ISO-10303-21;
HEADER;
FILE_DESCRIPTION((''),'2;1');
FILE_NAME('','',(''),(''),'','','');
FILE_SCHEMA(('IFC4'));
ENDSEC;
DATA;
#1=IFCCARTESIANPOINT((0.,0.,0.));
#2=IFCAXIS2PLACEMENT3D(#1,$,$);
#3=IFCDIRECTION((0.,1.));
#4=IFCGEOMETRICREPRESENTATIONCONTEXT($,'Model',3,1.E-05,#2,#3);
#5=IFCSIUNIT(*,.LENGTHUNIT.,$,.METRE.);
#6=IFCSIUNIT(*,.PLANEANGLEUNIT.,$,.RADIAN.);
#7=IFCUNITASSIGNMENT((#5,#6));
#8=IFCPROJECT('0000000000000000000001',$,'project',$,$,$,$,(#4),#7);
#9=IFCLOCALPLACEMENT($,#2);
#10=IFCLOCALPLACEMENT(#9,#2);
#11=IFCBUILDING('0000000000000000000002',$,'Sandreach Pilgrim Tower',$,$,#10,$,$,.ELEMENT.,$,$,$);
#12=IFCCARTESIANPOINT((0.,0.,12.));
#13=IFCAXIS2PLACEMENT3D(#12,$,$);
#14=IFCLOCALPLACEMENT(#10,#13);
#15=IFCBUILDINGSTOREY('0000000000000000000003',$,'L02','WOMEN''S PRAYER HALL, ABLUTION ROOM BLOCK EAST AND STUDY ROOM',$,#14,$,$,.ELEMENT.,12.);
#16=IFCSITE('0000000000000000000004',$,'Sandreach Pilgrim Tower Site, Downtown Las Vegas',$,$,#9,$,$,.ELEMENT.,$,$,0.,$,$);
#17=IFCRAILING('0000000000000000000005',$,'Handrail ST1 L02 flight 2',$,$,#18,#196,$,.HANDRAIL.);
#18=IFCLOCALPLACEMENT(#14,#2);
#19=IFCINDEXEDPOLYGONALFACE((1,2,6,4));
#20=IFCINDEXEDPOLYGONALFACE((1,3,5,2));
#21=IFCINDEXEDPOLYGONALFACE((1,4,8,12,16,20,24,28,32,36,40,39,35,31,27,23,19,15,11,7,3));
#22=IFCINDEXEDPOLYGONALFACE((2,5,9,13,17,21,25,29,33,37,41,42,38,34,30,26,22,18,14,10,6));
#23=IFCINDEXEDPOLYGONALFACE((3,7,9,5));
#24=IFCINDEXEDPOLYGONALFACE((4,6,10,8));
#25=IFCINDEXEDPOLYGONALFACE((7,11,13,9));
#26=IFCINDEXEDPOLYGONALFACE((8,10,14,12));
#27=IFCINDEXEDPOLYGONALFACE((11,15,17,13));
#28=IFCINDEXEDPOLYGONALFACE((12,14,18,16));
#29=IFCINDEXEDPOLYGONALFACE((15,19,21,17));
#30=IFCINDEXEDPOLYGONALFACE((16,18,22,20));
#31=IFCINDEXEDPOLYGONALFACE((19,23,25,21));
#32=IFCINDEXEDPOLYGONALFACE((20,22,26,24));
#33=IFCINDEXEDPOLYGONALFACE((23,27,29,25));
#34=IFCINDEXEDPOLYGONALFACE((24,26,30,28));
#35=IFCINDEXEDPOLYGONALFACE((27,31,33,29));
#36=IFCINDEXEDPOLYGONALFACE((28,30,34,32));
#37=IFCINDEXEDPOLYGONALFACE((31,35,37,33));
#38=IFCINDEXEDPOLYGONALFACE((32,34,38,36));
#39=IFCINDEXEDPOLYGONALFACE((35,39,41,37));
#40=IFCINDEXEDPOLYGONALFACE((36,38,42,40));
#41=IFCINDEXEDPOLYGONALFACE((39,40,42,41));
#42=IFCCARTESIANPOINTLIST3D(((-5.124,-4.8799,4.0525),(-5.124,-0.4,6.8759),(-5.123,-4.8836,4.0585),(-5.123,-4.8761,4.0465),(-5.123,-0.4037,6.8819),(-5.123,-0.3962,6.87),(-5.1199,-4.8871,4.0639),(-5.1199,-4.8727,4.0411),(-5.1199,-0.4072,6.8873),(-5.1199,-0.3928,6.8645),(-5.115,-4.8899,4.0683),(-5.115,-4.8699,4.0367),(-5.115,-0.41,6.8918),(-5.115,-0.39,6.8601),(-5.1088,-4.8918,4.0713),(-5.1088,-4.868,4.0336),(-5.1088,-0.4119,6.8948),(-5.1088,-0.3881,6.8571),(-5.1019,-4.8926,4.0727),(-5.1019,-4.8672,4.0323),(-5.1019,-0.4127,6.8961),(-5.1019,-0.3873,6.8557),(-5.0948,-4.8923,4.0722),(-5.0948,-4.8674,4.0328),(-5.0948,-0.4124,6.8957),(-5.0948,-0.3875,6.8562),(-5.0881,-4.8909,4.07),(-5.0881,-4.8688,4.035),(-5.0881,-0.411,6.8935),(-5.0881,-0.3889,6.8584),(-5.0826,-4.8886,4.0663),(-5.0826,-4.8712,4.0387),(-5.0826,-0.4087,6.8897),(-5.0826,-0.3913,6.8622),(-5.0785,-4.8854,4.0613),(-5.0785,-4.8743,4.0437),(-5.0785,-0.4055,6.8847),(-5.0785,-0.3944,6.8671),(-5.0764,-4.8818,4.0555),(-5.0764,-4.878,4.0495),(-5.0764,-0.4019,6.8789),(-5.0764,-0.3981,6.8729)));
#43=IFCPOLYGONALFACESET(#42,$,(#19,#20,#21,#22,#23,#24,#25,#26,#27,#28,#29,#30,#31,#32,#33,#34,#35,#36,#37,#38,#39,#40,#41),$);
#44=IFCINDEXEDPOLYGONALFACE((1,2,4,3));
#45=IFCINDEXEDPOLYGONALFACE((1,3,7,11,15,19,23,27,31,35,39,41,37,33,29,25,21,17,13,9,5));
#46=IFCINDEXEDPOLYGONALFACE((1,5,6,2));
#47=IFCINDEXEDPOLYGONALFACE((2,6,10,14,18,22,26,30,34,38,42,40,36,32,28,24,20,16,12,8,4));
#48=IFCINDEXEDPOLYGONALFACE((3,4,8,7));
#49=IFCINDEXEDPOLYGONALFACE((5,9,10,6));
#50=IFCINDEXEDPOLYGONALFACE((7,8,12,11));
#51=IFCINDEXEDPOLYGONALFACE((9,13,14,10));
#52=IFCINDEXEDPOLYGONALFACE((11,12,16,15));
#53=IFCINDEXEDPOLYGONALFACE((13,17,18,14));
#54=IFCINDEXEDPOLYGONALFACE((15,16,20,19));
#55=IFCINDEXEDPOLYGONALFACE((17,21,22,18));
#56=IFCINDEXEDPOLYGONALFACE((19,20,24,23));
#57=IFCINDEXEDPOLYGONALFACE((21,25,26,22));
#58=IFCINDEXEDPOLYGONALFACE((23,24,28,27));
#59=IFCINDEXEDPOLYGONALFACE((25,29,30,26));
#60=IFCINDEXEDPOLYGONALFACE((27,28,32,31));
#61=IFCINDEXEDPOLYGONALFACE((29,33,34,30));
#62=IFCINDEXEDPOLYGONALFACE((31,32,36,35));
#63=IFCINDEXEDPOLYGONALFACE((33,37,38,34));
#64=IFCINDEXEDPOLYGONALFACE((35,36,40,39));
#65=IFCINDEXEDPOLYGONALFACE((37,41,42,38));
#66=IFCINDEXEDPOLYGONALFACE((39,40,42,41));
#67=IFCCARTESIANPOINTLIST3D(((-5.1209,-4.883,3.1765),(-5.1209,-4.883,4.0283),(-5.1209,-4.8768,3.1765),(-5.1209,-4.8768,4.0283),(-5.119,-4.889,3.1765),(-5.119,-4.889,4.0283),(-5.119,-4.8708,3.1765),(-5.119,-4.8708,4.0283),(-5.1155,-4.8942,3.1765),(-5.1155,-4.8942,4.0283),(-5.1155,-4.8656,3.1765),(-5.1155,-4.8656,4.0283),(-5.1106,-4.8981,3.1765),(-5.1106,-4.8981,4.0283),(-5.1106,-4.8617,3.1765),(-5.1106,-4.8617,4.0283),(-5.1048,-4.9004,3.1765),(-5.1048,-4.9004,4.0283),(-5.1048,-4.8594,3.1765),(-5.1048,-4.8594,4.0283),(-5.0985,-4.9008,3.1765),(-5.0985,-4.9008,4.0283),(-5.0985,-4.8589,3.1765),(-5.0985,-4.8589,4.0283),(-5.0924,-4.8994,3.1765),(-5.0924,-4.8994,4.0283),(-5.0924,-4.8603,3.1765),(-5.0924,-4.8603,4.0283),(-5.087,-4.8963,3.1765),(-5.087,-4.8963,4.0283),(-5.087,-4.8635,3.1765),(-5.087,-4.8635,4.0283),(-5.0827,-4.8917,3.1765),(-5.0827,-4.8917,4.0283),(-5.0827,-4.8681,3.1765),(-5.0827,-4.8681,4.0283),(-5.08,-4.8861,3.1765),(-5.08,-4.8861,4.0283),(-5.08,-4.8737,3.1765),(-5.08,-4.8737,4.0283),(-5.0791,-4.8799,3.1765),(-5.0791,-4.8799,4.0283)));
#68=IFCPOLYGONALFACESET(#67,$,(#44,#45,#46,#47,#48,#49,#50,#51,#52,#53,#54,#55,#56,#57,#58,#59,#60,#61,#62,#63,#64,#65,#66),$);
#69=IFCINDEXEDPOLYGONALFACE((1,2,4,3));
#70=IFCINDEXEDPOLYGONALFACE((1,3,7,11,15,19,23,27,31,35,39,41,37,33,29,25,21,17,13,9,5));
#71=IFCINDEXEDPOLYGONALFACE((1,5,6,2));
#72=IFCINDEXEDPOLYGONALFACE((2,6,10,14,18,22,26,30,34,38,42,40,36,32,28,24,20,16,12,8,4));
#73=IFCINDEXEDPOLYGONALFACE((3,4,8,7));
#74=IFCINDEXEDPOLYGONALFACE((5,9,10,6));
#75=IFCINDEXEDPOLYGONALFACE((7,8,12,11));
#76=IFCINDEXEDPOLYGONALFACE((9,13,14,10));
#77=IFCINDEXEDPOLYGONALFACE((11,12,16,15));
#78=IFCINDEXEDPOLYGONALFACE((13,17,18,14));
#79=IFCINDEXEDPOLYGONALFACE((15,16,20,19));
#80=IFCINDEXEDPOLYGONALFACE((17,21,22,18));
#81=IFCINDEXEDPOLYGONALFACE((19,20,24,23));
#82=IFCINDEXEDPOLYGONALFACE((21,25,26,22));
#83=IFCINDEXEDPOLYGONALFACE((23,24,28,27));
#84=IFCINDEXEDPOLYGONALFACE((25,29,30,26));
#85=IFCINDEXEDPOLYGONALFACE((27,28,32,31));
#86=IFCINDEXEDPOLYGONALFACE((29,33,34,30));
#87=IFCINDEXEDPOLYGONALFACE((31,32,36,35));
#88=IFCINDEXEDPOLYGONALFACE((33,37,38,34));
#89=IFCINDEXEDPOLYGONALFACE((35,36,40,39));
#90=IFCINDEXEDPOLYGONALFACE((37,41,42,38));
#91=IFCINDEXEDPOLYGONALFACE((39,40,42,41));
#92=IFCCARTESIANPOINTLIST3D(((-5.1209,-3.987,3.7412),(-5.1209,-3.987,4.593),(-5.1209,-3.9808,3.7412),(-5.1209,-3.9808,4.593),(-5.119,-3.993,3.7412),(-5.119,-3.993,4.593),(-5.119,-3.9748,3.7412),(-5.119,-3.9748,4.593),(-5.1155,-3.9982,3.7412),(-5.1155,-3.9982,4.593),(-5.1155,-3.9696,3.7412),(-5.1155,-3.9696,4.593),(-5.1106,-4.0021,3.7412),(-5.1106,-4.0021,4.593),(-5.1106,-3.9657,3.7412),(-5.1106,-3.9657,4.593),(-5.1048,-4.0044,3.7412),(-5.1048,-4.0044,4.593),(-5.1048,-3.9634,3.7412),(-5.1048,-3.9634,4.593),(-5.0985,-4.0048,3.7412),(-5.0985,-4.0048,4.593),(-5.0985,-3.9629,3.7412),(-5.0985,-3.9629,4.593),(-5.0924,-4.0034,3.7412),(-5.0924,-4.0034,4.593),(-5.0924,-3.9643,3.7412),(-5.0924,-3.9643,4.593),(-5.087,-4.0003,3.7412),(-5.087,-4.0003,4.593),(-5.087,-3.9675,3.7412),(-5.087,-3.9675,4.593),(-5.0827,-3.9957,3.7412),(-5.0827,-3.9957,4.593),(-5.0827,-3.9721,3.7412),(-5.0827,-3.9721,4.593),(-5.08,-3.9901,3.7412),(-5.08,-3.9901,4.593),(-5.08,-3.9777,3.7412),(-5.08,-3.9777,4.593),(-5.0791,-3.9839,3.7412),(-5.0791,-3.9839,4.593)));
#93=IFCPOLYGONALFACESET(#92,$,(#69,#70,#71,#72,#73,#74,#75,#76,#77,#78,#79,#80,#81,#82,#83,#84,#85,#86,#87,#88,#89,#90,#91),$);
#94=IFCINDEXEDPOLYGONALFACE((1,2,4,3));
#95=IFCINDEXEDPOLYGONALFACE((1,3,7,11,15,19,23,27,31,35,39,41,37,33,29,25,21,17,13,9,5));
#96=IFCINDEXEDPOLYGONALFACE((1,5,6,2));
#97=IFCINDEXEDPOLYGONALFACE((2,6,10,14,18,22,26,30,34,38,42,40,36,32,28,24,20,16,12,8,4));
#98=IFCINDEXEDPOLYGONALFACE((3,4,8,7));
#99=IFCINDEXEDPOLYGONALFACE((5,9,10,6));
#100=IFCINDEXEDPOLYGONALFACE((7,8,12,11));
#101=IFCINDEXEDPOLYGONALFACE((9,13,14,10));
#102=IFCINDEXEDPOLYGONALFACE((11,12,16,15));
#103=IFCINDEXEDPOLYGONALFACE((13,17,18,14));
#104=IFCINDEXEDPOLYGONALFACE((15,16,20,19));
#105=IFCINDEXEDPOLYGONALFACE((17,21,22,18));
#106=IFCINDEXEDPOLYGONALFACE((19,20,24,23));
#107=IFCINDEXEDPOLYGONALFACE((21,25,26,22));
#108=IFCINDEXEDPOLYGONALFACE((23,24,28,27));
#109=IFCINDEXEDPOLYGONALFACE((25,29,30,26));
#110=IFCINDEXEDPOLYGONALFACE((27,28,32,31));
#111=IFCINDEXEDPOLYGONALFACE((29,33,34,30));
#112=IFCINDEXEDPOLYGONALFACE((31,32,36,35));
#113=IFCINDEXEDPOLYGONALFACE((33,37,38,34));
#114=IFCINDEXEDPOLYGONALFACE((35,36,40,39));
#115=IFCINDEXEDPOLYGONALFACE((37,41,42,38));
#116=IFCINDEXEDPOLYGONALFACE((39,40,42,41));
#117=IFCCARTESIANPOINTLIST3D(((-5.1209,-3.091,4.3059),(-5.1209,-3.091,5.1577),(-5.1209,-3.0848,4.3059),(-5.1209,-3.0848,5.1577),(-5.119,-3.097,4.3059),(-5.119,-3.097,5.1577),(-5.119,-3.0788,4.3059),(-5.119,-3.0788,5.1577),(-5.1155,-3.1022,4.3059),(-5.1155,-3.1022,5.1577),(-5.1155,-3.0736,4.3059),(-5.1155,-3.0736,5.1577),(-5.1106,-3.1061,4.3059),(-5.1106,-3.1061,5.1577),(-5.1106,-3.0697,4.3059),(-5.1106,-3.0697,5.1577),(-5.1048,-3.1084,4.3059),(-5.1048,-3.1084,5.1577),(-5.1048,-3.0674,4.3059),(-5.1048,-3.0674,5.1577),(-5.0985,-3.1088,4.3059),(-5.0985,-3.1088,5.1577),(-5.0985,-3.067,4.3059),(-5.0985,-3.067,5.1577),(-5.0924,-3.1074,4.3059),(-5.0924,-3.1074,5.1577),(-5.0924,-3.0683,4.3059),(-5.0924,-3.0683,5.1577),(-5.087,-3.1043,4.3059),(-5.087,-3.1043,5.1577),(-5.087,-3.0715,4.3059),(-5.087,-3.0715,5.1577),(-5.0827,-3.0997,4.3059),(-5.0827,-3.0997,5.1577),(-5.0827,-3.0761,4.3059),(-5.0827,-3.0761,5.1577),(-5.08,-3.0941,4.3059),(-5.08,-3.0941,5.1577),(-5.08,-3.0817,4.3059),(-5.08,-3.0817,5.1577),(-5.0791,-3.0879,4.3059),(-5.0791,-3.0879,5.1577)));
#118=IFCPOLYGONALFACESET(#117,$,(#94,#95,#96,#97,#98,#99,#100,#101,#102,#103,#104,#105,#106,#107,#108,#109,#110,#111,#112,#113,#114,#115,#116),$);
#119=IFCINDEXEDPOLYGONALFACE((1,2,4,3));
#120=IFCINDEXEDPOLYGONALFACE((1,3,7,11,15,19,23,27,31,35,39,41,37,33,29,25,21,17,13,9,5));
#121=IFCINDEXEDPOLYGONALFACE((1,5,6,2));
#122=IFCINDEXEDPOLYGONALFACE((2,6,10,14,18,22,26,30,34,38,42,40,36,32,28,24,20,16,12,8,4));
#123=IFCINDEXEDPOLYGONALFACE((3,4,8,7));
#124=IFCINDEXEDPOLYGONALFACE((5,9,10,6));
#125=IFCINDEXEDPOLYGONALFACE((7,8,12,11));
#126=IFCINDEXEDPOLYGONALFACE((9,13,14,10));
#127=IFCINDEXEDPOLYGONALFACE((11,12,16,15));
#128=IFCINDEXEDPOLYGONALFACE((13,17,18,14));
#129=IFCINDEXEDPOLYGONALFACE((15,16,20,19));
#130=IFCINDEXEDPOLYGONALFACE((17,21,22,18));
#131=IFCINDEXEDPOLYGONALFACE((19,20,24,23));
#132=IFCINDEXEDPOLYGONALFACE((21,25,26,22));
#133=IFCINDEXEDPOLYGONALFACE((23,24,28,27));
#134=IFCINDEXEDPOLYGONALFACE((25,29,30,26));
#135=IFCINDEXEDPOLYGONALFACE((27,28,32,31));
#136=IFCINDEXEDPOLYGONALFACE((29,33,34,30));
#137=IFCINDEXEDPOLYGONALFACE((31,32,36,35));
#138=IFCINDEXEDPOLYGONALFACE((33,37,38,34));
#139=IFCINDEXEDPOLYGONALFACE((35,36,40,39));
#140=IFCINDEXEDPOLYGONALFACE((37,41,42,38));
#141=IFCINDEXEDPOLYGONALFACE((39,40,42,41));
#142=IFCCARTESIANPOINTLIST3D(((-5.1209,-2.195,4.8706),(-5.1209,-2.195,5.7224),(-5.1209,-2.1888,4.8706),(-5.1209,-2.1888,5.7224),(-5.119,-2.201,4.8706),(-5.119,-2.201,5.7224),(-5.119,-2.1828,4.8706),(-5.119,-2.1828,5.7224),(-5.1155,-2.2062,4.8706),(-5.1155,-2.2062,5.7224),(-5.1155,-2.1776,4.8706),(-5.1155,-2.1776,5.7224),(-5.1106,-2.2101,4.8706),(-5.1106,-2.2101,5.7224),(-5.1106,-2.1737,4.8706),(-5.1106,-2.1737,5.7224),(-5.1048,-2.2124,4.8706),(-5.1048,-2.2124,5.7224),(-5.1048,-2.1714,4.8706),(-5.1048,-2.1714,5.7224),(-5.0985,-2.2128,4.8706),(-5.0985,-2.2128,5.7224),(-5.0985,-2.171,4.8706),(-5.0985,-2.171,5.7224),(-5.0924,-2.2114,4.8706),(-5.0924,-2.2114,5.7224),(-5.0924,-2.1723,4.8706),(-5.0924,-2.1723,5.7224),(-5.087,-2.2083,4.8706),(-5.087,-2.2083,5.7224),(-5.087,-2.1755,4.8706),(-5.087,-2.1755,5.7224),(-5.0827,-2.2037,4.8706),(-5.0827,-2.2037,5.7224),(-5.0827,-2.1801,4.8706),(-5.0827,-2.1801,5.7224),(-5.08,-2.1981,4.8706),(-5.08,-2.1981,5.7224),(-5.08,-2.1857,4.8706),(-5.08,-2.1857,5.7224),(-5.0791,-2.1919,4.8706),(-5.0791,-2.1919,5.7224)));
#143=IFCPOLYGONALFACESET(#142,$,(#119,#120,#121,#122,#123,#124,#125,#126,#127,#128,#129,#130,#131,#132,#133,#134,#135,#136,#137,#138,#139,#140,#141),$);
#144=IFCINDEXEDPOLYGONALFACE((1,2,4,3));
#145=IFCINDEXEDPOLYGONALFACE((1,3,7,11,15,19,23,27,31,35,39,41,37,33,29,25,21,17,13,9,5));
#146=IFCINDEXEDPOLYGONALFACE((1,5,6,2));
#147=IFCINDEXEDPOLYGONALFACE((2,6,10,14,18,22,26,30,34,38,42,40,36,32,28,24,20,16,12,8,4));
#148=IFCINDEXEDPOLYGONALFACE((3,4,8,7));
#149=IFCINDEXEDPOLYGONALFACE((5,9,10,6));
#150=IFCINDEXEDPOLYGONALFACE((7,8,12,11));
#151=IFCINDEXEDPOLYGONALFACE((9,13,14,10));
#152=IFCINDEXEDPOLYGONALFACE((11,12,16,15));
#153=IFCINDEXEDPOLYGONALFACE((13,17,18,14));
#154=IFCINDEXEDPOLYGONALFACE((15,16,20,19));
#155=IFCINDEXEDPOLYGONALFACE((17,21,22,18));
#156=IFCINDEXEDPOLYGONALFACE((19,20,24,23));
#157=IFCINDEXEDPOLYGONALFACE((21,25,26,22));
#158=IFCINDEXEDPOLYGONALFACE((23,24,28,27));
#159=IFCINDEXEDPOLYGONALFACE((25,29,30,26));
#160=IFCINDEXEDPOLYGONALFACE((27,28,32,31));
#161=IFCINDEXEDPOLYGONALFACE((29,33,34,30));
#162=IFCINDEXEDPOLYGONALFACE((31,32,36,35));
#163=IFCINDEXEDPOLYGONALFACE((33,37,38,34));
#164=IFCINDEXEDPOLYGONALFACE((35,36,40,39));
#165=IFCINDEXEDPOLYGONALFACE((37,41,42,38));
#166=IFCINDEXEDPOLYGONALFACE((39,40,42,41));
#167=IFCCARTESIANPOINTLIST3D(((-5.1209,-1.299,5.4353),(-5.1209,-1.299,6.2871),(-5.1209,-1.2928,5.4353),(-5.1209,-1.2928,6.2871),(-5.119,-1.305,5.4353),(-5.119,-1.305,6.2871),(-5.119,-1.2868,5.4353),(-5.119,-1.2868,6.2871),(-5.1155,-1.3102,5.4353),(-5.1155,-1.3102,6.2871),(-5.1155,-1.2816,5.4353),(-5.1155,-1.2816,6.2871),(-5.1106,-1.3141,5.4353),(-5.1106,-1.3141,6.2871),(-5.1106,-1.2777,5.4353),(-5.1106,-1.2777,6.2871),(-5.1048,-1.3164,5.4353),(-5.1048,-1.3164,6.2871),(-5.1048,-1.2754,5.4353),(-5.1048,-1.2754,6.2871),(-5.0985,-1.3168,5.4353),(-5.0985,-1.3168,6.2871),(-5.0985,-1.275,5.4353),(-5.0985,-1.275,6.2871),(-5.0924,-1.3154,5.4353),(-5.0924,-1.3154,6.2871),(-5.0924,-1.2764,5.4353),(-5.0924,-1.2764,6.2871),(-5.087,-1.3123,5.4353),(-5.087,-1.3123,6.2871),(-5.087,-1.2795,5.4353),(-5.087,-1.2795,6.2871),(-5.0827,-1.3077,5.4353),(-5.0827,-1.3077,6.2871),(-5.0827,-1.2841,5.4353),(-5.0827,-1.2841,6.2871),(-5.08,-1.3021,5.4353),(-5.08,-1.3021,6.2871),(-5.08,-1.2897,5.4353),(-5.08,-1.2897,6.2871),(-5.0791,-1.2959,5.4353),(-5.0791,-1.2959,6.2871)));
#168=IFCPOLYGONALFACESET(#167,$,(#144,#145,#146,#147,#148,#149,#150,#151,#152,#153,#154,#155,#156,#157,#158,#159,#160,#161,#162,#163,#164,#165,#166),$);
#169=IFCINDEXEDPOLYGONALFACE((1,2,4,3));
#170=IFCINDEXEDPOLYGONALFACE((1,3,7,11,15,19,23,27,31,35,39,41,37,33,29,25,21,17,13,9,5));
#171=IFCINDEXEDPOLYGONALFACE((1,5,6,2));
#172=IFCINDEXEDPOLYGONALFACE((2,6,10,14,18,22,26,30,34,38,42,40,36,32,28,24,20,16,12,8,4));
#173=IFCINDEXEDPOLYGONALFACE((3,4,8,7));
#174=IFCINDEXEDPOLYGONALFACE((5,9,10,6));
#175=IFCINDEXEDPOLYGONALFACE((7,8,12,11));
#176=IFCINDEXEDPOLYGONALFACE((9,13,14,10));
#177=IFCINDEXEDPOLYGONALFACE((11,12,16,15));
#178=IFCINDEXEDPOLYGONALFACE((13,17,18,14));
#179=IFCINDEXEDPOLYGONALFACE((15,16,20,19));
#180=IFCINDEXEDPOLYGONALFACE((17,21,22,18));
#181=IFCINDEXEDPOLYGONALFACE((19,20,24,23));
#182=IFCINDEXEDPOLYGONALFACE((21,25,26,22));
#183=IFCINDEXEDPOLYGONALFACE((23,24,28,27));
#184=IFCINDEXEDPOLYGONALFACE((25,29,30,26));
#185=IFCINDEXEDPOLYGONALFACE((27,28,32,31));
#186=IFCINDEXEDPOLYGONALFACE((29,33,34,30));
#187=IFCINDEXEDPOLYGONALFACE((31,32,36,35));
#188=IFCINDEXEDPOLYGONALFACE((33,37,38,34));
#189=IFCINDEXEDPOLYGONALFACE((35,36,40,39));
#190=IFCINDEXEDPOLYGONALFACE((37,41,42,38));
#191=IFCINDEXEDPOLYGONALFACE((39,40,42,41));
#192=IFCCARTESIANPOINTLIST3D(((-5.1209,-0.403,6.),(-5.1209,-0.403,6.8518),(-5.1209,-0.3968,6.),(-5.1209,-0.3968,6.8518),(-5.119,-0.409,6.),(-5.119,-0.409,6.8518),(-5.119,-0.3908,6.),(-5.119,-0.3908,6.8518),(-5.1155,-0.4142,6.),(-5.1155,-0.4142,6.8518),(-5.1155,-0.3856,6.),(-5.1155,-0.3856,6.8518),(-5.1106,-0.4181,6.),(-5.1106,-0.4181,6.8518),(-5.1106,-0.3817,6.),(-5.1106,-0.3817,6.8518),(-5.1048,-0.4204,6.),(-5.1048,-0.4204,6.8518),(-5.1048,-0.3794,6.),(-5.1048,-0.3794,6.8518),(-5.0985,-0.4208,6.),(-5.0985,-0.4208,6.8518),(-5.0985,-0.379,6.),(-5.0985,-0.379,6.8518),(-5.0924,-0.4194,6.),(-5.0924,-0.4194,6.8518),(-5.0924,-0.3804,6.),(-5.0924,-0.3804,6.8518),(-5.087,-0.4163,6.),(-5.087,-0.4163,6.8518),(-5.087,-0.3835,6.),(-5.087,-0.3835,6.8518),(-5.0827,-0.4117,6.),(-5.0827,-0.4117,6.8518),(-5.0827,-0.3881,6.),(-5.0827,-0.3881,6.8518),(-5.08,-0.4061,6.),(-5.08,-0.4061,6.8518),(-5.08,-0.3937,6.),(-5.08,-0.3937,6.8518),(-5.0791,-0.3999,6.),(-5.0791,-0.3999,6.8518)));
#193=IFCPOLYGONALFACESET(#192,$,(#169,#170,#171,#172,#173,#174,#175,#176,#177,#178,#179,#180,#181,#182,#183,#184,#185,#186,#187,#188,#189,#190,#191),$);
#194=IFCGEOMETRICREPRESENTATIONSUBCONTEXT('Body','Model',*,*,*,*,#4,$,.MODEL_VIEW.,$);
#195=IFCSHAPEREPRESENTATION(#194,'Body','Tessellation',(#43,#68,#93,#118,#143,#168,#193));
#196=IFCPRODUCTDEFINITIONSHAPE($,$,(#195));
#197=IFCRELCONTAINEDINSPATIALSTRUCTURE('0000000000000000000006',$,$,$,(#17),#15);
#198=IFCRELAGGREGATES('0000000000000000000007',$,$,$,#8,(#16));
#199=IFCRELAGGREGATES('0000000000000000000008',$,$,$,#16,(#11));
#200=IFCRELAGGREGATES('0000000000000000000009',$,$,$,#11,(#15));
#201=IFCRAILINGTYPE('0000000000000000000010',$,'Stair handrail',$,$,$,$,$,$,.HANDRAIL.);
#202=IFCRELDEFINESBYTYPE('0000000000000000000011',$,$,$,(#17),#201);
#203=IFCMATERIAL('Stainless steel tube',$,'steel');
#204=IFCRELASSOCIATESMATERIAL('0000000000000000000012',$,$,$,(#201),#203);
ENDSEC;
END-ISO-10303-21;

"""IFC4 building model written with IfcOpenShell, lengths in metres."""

from ifc_helpers import new_model, si_unit, direction, frame, origin, origin_2d, place, context, subcontext, project, spatial, circle, extrude, material, type_object, element, save


model = new_model("IFC4")

# Units and contexts
model_context = context("Model", 3, precision=1e-05, world=origin(), true_north=direction((0.0, 1.0)))
body_context = subcontext(model_context, "Body", "Model", "MODEL_VIEW")
ifc_project = project(units=[si_unit("LENGTHUNIT", "METRE"), si_unit("PLANEANGLEUNIT", "RADIAN")], contexts=[model_context])

# Site, building, storey
site_placement = place(None, origin())
site = spatial("IfcSite", under=ifc_project, at=site_placement, Name="Sandreach Pilgrim Tower Site, Downtown Las Vegas", CompositionType="ELEMENT", RefElevation=0.0)
building_placement = place(site_placement, origin())
building = spatial("IfcBuilding", under=site, at=building_placement, Name="Sandreach Pilgrim Tower", CompositionType="ELEMENT")
storey_placement = place(building_placement, frame((0.0, 0.0, 12.0)))
storey = spatial("IfcBuildingStorey", under=building, at=storey_placement, Name="L02", Description="WOMEN'S PRAYER HALL, ABLUTION ROOM BLOCK EAST AND STUDY ROOM", CompositionType="ELEMENT", Elevation=12.0)

# Railing
ifc_material_1 = material(Name="Stainless steel tube", Category="steel")
railing_type = type_object("IfcRailingType", Name="Stair handrail", PredefinedType="HANDRAIL", material=ifc_material_1)
for number, where, name in (
    (1, (-5.1001, -4.8799, 3.1765), "Handrail ST1 L02 flight 2"),
):
    element("IfcRailing", number, at=place(storey_placement, frame(where)), inside=storey, type_object=railing_type, Name=name, PredefinedType="HANDRAIL", context=body_context, shape_type="SweptSolid", body=[
        extrude(circle(Radius=0.0239, at=origin_2d()), frame((0.0, 0.0, 0.876), z_axis=(0.0, 0.845998, 0.533186), x_axis=(-1.0, 0.0, 0.0)), (0.0, 0.0, 1.0), 5.2954),
        extrude(circle(Radius=0.021, at=origin_2d()), origin(), (0.0, 0.0, 1.0), 0.8518),
        extrude(circle(Radius=0.021, at=origin_2d()), frame((0.0, 0.896, 0.5647)), (0.0, 0.0, 1.0), 0.8518),
        extrude(circle(Radius=0.021, at=origin_2d()), frame((0.0, 1.792, 1.1294)), (0.0, 0.0, 1.0), 0.8518),
        extrude(circle(Radius=0.021, at=origin_2d()), frame((0.0, 2.688, 1.6941)), (0.0, 0.0, 1.0), 0.8518),
        extrude(circle(Radius=0.021, at=origin_2d()), frame((0.0, 3.584, 2.2588)), (0.0, 0.0, 1.0), 0.8518),
        extrude(circle(Radius=0.021, at=origin_2d()), frame((0.0, 4.48, 2.8235)), (0.0, 0.0, 1.0), 0.8518),
    ])

save(model, "model.ifc")
